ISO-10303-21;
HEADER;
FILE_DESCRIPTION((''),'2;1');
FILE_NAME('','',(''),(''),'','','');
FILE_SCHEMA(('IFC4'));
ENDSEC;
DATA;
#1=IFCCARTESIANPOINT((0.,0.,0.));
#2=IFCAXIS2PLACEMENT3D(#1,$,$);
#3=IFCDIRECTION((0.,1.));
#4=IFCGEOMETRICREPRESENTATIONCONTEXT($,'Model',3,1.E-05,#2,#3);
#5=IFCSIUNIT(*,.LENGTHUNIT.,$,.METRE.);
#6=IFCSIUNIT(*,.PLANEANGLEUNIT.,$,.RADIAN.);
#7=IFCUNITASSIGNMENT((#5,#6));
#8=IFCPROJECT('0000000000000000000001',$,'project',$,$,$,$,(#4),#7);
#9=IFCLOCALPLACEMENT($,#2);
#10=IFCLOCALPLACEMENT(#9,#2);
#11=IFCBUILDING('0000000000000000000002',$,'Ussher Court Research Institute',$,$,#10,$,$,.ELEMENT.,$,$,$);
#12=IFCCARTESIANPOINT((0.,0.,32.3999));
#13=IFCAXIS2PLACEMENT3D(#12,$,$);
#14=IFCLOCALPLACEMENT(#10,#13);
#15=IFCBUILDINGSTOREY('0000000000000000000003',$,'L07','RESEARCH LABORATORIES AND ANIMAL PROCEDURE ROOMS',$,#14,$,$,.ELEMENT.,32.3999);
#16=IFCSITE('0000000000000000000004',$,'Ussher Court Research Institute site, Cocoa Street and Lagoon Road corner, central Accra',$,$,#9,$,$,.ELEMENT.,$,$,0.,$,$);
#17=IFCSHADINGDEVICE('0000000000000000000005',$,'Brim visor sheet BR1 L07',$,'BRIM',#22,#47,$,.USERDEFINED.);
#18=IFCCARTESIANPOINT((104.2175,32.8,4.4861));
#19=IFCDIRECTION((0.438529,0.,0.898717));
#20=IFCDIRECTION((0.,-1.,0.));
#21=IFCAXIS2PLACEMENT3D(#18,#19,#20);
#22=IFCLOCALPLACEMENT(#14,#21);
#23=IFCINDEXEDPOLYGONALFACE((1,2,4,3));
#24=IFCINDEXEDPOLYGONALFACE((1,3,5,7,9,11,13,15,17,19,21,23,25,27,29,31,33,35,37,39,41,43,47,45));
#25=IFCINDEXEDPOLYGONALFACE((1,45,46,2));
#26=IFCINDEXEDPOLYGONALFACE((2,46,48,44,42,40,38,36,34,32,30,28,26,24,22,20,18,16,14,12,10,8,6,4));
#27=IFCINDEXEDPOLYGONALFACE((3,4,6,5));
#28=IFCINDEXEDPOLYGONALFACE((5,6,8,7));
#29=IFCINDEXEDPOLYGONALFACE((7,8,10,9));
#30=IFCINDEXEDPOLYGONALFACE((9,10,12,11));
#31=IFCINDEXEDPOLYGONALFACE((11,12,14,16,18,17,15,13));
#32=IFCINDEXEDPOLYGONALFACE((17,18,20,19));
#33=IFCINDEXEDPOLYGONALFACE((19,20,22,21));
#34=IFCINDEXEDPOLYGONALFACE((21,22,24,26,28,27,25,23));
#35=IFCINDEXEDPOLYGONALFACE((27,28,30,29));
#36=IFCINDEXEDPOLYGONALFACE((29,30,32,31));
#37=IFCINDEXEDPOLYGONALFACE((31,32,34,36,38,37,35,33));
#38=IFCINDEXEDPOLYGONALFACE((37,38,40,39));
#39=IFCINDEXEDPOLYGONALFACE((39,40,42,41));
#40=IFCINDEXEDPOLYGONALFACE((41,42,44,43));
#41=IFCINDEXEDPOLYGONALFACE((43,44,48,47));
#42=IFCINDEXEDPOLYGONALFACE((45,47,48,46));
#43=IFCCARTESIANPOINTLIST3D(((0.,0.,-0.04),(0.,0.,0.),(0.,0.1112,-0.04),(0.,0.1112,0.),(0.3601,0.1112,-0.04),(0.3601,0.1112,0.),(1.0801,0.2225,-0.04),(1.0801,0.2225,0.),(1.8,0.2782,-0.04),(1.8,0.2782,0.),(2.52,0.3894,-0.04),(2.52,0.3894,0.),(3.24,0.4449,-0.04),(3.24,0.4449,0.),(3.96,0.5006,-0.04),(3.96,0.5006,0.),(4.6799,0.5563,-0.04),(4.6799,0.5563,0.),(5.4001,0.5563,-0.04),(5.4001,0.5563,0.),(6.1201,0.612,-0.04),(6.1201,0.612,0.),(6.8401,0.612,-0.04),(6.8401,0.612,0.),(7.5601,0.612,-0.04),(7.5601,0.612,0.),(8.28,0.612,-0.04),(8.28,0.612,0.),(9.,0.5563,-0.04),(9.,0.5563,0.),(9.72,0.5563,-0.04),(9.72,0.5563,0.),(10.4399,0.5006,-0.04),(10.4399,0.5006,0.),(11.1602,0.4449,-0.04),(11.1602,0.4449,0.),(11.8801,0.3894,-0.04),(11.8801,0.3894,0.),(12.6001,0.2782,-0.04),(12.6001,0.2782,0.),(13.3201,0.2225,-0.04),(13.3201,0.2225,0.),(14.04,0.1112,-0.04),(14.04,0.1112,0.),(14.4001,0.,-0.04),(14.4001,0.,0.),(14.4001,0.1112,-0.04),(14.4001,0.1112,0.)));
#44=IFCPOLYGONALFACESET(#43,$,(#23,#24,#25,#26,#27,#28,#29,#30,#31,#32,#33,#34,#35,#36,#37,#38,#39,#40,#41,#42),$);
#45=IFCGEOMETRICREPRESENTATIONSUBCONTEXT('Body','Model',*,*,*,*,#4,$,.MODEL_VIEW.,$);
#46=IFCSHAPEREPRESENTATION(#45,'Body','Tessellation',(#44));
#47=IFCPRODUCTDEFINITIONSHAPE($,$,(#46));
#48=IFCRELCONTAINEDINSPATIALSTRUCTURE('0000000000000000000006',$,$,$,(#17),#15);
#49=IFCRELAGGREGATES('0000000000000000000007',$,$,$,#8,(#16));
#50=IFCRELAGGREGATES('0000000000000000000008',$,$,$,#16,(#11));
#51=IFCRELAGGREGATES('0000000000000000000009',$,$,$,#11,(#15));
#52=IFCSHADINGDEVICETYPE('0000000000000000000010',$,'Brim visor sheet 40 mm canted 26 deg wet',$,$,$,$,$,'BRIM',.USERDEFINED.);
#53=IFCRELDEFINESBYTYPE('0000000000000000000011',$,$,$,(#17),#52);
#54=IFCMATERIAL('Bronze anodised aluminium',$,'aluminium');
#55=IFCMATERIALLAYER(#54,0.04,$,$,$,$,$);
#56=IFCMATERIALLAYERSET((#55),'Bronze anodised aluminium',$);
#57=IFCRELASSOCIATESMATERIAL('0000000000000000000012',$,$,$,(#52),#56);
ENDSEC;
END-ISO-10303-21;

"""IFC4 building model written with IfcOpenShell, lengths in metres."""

from ifc_helpers import new_model, si_unit, direction, frame, origin, place, context, subcontext, project, spatial, polyline, outline, extrude, material, layer, layer_set, type_object, element, save


model = new_model("IFC4")

# Units and contexts
model_context = context("Model", 3, precision=1e-05, world=origin(), true_north=direction((0.0, 1.0)))
body_context = subcontext(model_context, "Body", "Model", "MODEL_VIEW")
ifc_project = project(units=[si_unit("LENGTHUNIT", "METRE"), si_unit("PLANEANGLEUNIT", "RADIAN")], contexts=[model_context])

# Site, building, storey
site_placement = place(None, origin())
site = spatial("IfcSite", under=ifc_project, at=site_placement, Name="Ussher Court Research Institute site, Cocoa Street and Lagoon Road corner, central Accra", CompositionType="ELEMENT", RefElevation=0.0)
building_placement = place(site_placement, origin())
building = spatial("IfcBuilding", under=site, at=building_placement, Name="Ussher Court Research Institute", CompositionType="ELEMENT")
storey_placement = place(building_placement, frame((0.0, 0.0, 32.3999)))
storey = spatial("IfcBuildingStorey", under=building, at=storey_placement, Name="L07", Description="RESEARCH LABORATORIES AND ANIMAL PROCEDURE ROOMS", CompositionType="ELEMENT", Elevation=32.3999)

# Shading device
ifc_material_1 = material(Name="Bronze anodised aluminium", Category="aluminium")
ifc_layer_1 = layer(ifc_material_1, 0.04)
ifc_layer_set_1 = layer_set([ifc_layer_1], Name="Bronze anodised aluminium")
shading_device_type_1 = type_object("IfcShadingDeviceType", Name="Brim visor sheet 40 mm canted 26 deg wet", ElementType="BRIM", PredefinedType="USERDEFINED", material=ifc_layer_set_1)
shading_device_1_placement = place(storey_placement, frame((104.2175, 32.8, 4.4861), z_axis=(0.438529, 0.0, 0.898717), x_axis=(0.0, -1.0, 0.0)))
element("IfcShadingDevice", 1, at=shading_device_1_placement, inside=storey, type_object=shading_device_type_1, Name="Brim visor sheet BR1 L07", ObjectType="BRIM", PredefinedType="USERDEFINED", context=body_context, shape_type="SweptSolid", body=[
    extrude(outline(polyline([(0.0, 0.0), (14.4001, 0.0), (14.4001, 0.1112), (14.04, 0.1112), (13.3201, 0.2225), (12.6001, 0.2782), (11.8801, 0.3894), (11.1602, 0.4449), (10.4399, 0.5006), (9.72, 0.5563), (9.0, 0.5563), (8.28, 0.612), (7.5601, 0.612), (6.8401, 0.612), (6.1201, 0.612), (5.4001, 0.5563), (4.6799, 0.5563), (3.96, 0.5006), (3.24, 0.4449), (2.52, 0.3894), (1.8, 0.2782), (1.0801, 0.2225), (0.3601, 0.1112), (0.0, 0.1112), (0.0, 0.0)])), origin(), (0.0, 0.0, -1.0), 0.04),
])

save(model, "model.ifc")
